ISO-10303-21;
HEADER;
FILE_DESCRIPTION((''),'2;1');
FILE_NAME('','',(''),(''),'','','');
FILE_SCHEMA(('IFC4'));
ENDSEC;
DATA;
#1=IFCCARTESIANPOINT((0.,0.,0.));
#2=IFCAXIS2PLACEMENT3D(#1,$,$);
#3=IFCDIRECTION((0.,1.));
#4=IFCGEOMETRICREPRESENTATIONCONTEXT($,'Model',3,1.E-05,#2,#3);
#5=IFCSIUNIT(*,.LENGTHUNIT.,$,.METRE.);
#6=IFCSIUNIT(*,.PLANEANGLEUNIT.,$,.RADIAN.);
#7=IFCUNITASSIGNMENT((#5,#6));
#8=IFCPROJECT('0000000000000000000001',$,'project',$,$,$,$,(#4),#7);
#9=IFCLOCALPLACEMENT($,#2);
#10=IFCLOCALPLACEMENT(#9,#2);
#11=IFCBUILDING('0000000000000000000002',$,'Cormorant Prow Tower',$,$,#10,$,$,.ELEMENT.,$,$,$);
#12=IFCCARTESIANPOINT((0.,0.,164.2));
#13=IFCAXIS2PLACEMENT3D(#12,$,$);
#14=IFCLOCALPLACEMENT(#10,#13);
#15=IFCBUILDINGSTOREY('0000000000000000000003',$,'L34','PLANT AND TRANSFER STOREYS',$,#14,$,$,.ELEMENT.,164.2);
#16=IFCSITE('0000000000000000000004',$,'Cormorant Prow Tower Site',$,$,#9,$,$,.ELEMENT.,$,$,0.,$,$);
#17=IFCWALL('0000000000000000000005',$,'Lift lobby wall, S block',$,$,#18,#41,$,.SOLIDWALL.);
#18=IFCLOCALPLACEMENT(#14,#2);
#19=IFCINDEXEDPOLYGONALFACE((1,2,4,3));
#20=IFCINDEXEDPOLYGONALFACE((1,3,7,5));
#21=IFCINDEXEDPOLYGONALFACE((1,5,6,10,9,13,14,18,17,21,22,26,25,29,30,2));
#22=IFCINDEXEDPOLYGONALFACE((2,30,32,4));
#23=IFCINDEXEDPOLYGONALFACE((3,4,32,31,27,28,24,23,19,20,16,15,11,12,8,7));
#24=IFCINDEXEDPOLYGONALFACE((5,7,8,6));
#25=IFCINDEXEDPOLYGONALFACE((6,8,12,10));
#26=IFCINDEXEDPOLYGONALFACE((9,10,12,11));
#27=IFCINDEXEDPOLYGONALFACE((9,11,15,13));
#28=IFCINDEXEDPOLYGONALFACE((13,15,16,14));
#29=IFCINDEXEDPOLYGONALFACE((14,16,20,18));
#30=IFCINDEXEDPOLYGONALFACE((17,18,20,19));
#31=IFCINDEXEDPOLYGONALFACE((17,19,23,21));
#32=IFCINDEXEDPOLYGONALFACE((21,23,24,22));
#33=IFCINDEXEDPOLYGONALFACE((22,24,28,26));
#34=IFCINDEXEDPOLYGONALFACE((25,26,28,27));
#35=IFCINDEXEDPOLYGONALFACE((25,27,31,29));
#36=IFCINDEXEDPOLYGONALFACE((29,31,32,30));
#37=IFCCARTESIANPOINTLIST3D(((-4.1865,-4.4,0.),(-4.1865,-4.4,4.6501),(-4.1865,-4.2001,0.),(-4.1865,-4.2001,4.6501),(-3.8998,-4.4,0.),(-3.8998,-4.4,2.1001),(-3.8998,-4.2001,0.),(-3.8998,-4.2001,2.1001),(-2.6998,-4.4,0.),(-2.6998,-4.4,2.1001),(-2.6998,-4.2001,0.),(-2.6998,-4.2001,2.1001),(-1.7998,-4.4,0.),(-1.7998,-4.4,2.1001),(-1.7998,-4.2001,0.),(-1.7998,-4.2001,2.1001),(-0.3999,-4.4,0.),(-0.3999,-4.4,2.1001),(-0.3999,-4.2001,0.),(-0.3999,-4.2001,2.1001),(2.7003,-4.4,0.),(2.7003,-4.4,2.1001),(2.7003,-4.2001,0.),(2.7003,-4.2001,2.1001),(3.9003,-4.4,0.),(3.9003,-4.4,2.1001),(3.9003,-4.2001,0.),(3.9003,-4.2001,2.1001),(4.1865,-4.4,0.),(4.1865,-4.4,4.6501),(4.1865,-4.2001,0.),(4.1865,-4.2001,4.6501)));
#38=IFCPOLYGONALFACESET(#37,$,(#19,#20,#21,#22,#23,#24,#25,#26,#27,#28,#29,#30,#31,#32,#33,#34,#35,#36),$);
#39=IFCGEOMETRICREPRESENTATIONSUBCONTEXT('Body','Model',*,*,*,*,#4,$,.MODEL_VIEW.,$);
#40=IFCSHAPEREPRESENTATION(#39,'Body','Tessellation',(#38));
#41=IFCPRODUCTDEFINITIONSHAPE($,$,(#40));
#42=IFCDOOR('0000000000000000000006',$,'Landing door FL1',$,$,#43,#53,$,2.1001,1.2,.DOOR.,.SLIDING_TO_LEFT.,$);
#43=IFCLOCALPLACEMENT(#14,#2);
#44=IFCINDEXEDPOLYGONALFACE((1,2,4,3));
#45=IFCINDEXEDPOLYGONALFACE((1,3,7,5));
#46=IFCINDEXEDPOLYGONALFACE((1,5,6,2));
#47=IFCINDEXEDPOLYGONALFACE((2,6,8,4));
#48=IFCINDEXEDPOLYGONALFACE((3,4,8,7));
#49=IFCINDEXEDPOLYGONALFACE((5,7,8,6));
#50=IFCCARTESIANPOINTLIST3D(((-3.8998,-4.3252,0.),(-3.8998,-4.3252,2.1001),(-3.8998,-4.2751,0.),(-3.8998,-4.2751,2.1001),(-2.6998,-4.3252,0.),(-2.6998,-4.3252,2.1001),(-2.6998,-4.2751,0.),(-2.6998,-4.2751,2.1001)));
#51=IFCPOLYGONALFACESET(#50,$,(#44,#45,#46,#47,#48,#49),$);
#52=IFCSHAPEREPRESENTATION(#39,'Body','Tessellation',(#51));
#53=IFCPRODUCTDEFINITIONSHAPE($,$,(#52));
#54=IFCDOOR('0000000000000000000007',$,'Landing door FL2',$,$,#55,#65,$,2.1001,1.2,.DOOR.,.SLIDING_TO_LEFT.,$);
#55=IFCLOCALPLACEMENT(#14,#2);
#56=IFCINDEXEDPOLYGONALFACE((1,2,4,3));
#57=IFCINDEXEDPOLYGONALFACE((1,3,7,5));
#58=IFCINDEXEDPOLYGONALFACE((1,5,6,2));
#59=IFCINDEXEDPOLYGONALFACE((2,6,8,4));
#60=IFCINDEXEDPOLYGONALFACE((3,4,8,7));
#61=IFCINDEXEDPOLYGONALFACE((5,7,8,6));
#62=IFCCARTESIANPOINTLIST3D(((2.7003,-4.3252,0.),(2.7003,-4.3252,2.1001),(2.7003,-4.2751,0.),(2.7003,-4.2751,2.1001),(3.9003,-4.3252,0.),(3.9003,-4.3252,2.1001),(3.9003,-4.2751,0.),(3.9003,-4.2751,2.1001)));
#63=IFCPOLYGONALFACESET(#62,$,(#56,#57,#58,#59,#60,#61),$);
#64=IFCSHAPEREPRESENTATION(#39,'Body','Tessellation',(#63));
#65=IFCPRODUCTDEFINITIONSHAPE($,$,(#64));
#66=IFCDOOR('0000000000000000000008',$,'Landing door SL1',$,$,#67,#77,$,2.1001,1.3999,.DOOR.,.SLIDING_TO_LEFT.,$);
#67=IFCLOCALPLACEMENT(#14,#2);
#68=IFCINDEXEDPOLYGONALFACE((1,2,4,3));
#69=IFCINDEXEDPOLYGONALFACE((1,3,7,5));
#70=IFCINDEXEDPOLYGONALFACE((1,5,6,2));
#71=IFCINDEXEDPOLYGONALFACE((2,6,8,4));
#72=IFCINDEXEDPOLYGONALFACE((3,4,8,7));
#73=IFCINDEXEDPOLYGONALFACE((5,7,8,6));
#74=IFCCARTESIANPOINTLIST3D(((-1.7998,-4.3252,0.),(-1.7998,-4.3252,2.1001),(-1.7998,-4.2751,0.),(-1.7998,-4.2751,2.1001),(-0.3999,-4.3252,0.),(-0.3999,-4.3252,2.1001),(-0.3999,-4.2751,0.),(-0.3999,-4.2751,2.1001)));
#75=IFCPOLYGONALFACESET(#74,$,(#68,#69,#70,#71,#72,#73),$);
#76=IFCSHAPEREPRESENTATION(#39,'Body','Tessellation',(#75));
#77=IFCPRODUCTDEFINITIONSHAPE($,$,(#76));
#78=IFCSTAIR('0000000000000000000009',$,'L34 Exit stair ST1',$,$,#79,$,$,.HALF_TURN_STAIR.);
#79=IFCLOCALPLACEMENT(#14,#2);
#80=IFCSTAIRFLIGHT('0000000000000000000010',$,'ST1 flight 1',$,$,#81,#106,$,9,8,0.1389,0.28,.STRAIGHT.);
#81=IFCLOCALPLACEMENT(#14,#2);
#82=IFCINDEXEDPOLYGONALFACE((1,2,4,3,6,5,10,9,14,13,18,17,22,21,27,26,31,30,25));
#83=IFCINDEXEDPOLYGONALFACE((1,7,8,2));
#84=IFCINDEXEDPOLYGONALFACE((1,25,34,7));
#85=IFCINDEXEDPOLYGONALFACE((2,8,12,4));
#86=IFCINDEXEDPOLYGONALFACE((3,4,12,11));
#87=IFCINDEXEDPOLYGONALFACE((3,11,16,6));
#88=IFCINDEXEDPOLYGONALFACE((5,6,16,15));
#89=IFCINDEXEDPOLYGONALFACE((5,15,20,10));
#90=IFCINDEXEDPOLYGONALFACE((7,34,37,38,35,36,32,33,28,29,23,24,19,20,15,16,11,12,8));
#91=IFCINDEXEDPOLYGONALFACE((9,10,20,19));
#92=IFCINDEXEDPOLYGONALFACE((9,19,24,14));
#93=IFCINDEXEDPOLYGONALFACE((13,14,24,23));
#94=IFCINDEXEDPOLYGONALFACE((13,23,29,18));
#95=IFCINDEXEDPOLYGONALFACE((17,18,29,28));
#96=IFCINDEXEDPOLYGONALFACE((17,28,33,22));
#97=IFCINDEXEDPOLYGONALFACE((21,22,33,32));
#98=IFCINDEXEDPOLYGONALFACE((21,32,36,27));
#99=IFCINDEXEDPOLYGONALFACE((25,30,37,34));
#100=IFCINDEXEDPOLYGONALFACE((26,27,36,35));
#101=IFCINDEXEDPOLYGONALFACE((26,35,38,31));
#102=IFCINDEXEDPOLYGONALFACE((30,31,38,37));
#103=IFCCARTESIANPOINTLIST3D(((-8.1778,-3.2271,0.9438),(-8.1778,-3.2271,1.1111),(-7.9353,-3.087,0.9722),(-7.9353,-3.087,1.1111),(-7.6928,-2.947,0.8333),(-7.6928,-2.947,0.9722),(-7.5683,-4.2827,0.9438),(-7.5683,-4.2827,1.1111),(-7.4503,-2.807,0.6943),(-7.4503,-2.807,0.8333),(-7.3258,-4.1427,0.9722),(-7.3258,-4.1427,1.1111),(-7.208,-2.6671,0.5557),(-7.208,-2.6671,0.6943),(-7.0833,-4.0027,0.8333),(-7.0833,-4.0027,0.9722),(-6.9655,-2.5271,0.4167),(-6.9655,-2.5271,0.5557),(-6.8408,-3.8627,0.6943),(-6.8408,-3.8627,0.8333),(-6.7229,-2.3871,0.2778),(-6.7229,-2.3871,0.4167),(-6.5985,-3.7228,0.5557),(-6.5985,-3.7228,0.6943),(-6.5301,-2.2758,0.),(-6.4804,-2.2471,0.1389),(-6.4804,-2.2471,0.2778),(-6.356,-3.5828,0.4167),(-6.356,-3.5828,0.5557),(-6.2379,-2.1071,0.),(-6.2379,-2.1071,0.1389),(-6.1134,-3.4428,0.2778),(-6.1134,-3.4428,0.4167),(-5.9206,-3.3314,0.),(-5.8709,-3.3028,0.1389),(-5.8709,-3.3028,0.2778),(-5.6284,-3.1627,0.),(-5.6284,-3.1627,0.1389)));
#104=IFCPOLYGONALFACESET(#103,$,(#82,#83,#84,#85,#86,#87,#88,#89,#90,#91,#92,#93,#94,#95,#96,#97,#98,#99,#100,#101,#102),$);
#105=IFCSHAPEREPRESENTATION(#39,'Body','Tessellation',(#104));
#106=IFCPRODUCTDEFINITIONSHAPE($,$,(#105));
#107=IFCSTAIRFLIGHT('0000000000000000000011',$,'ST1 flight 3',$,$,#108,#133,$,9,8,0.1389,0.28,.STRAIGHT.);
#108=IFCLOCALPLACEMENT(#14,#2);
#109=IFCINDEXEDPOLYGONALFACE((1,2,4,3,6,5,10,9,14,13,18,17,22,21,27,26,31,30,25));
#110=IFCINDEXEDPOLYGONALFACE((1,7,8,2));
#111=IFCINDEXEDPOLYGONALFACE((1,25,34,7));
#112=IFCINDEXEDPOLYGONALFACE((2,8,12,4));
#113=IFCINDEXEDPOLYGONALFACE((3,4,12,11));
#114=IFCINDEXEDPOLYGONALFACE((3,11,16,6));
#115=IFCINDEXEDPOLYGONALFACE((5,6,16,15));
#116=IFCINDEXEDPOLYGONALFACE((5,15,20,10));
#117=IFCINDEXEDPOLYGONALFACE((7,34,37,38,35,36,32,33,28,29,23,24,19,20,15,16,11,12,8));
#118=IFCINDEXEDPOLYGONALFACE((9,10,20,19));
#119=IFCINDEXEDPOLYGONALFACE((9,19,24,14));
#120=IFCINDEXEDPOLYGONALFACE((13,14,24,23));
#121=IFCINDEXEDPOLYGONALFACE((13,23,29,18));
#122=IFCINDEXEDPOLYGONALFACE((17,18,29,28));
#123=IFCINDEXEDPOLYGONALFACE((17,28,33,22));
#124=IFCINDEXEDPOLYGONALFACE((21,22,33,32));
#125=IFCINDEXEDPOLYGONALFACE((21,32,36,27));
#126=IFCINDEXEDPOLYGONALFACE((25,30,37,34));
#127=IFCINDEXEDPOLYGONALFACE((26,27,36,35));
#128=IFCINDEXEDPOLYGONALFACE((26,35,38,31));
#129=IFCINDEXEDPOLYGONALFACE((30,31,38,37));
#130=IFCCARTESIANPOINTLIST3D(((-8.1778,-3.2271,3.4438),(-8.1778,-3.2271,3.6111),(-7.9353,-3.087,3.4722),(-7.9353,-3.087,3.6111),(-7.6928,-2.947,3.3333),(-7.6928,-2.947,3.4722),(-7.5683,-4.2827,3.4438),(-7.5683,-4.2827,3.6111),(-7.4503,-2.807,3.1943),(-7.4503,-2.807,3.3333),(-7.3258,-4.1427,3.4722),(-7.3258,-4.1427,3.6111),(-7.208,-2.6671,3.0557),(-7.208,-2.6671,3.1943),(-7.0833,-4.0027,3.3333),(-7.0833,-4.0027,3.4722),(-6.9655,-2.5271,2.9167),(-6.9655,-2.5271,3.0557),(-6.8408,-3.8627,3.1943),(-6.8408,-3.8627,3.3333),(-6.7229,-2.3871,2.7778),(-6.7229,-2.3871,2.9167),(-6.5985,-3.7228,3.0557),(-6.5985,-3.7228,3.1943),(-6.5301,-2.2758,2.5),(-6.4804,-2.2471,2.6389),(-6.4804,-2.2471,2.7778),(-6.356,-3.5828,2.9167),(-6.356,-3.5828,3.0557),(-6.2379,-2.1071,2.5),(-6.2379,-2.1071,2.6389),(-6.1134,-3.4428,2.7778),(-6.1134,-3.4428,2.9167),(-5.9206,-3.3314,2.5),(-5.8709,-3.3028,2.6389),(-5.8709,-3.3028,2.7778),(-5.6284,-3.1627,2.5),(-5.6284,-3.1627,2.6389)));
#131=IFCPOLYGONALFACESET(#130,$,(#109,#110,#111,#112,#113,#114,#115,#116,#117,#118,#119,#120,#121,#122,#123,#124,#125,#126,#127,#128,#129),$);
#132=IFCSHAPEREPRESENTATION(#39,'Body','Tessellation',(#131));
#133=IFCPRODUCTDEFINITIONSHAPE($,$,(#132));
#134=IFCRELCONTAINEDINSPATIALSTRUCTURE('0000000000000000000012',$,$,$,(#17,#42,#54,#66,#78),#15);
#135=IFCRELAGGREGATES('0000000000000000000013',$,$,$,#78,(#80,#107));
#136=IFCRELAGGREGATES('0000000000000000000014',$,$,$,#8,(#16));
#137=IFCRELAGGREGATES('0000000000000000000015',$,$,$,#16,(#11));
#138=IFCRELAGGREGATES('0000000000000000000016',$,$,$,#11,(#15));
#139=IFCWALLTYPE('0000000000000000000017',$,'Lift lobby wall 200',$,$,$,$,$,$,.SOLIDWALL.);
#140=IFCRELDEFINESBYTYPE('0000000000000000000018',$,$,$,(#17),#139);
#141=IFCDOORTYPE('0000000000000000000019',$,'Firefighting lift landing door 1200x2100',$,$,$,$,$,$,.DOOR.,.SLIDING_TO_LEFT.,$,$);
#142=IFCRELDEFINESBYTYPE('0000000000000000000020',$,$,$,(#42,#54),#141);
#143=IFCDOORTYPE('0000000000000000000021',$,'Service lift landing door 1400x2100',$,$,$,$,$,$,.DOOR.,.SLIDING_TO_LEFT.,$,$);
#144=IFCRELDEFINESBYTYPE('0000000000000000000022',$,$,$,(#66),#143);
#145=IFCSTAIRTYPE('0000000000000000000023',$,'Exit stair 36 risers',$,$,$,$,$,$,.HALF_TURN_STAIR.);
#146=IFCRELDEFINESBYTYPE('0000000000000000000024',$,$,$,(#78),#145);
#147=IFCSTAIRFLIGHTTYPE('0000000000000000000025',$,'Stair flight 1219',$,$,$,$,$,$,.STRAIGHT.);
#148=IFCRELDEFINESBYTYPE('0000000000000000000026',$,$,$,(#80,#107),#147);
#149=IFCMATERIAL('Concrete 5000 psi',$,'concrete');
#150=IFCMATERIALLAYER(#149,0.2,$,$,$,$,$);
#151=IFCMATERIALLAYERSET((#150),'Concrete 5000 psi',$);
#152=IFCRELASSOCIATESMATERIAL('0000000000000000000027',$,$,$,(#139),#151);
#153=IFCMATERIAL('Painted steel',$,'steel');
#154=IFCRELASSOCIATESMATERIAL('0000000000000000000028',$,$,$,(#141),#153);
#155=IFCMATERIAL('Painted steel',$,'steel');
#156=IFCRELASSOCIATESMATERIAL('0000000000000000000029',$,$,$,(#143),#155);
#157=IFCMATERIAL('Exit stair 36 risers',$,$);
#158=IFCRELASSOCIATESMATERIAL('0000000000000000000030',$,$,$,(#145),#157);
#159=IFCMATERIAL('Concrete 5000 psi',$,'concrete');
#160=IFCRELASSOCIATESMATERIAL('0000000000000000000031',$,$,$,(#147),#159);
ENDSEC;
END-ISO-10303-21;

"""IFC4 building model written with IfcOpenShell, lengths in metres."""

from ifc_helpers import new_model, si_unit, direction, frame, frame_2d, origin, place, context, subcontext, project, spatial, polyline, rectangle, outline, extrude, material, layer, layer_set, type_object, element, fill, aggregate, save


model = new_model("IFC4")

# Units and contexts
model_context = context("Model", 3, precision=1e-05, world=origin(), true_north=direction((0.0, 1.0)))
body_context = subcontext(model_context, "Body", "Model", "MODEL_VIEW")
ifc_project = project(units=[si_unit("LENGTHUNIT", "METRE"), si_unit("PLANEANGLEUNIT", "RADIAN")], contexts=[model_context])

# Site, building, storey
site_placement = place(None, origin())
site = spatial("IfcSite", under=ifc_project, at=site_placement, Name="Cormorant Prow Tower Site", CompositionType="ELEMENT", RefElevation=0.0)
building_placement = place(site_placement, origin())
building = spatial("IfcBuilding", under=site, at=building_placement, Name="Cormorant Prow Tower", CompositionType="ELEMENT")
storey_placement = place(building_placement, frame((0.0, 0.0, 164.2)))
storey = spatial("IfcBuildingStorey", under=building, at=storey_placement, Name="L34", Description="PLANT AND TRANSFER STOREYS", CompositionType="ELEMENT", Elevation=164.2)

# Wall, openings, doors
ifc_material_1 = material(Name="Concrete 5000 psi", Category="concrete")
ifc_layer_1 = layer(ifc_material_1, 0.2)
ifc_layer_set_1 = layer_set([ifc_layer_1], Name="Concrete 5000 psi")
wall_type_1 = type_object("IfcWallType", Name="Lift lobby wall 200", PredefinedType="SOLIDWALL", material=ifc_layer_set_1)
wall_1_placement = place(storey_placement, frame((-4.1865, -4.3, 0.0), z_axis=(0.0, 0.0, 1.0), x_axis=(1.0, 0.0, 0.0)))
wall_1 = element("IfcWall", 1, at=wall_1_placement, inside=storey, type_object=wall_type_1, Name="Lift lobby wall, S block", PredefinedType="SOLIDWALL", context=body_context, shape_type="SweptSolid", body=[
    extrude(rectangle(XDim=8.373, YDim=0.2, at=frame_2d((4.1865, 0.0))), origin(), (0.0, 0.0, 1.0), 4.6501),
])
opening_1_placement = place(wall_1_placement, frame((0.2866, 0.0, 0.0)))
opening_1 = element("IfcOpeningElement", 2, at=opening_1_placement, cuts=wall_1, PredefinedType="OPENING", context=body_context, shape_type="SweptSolid", body=[
    extrude(rectangle(XDim=1.2, YDim=2.1001, at=frame_2d((0.6001, 1.05))), frame((0.0, 0.1099, 0.0), z_axis=(0.0, -1.0, 0.0), x_axis=(1.0, 0.0, 0.0)), (0.0, 0.0, 1.0), 0.22),
])
opening_2_placement = place(wall_1_placement, frame((2.3867, 0.0, 0.0)))
opening_2 = element("IfcOpeningElement", 3, at=opening_2_placement, cuts=wall_1, PredefinedType="OPENING", context=body_context, shape_type="SweptSolid", body=[
    extrude(rectangle(XDim=1.3999, YDim=2.1001, at=frame_2d((0.7, 1.05))), frame((0.0, 0.1099, 0.0), z_axis=(0.0, -1.0, 0.0), x_axis=(1.0, 0.0, 0.0)), (0.0, 0.0, 1.0), 0.22),
])
opening_3_placement = place(wall_1_placement, frame((6.8867, 0.0, 0.0)))
opening_3 = element("IfcOpeningElement", 4, at=opening_3_placement, cuts=wall_1, PredefinedType="OPENING", context=body_context, shape_type="SweptSolid", body=[
    extrude(rectangle(XDim=1.2, YDim=2.1001, at=frame_2d((0.6001, 1.05))), frame((0.0, 0.1099, 0.0), z_axis=(0.0, -1.0, 0.0), x_axis=(1.0, 0.0, 0.0)), (0.0, 0.0, 1.0), 0.22),
])
ifc_material_2 = material(Name="Painted steel", Category="steel")
door_type_1 = type_object("IfcDoorType", Name="Firefighting lift landing door 1200x2100", OperationType="SLIDING_TO_LEFT", PredefinedType="DOOR", material=ifc_material_2)
door_1_placement = place(opening_1_placement, origin())
door_1 = element("IfcDoor", 5, at=door_1_placement, inside=storey, type_object=door_type_1, Name="Landing door FL1", OperationType="SLIDING_TO_LEFT", OverallHeight=2.1001, OverallWidth=1.2, PredefinedType="DOOR", context=body_context, shape_type="SweptSolid", body=[
    extrude(rectangle(XDim=1.2, YDim=2.1001, at=frame_2d((0.6001, 1.05))), frame((0.0, 0.0249, 0.0), z_axis=(0.0, -1.0, 0.0), x_axis=(1.0, 0.0, 0.0)), (0.0, 0.0, 1.0), 0.05),
])
fill(opening_1, door_1)
door_2_placement = place(opening_3_placement, origin())
door_2 = element("IfcDoor", 6, at=door_2_placement, inside=storey, type_object=door_type_1, Name="Landing door FL2", OperationType="SLIDING_TO_LEFT", OverallHeight=2.1001, OverallWidth=1.2, PredefinedType="DOOR", context=body_context, shape_type="SweptSolid", body=[
    extrude(rectangle(XDim=1.2, YDim=2.1001, at=frame_2d((0.6001, 1.05))), frame((0.0, 0.0249, 0.0), z_axis=(0.0, -1.0, 0.0), x_axis=(1.0, 0.0, 0.0)), (0.0, 0.0, 1.0), 0.05),
])
fill(opening_3, door_2)
ifc_material_3 = material(Name="Painted steel", Category="steel")
door_type_2 = type_object("IfcDoorType", Name="Service lift landing door 1400x2100", OperationType="SLIDING_TO_LEFT", PredefinedType="DOOR", material=ifc_material_3)
door_3_placement = place(opening_2_placement, origin())
door_3 = element("IfcDoor", 7, at=door_3_placement, inside=storey, type_object=door_type_2, Name="Landing door SL1", OperationType="SLIDING_TO_LEFT", OverallHeight=2.1001, OverallWidth=1.3999, PredefinedType="DOOR", context=body_context, shape_type="SweptSolid", body=[
    extrude(rectangle(XDim=1.3999, YDim=2.1001, at=frame_2d((0.7, 1.05))), frame((0.0, 0.0249, 0.0), z_axis=(0.0, -1.0, 0.0), x_axis=(1.0, 0.0, 0.0)), (0.0, 0.0, 1.0), 0.05),
])
fill(opening_2, door_3)

# Stair, stair flights
ifc_material_4 = material(Name="Exit stair 36 risers")
stair_type = type_object("IfcStairType", Name="Exit stair 36 risers", PredefinedType="HALF_TURN_STAIR", material=ifc_material_4)
stair_placement = place(storey_placement, origin())
stair = element("IfcStair", 8, at=stair_placement, inside=storey, type_object=stair_type, Name="L34 Exit stair ST1", PredefinedType="HALF_TURN_STAIR")
ifc_material_5 = material(Name="Concrete 5000 psi", Category="concrete")
stair_flight_type = type_object("IfcStairFlightType", Name="Stair flight 1219", PredefinedType="STRAIGHT", material=ifc_material_5)
stair_flight_1_placement = place(storey_placement, frame((-5.9331, -2.635, 0.0), z_axis=(0.0, 0.0, 1.0), x_axis=(-0.866025, -0.5, 0.0)))
stair_flight_1 = element("IfcStairFlight", 9, at=stair_flight_1_placement, type_object=stair_flight_type, Name="ST1 flight 1", NumberOfRisers=9, NumberOfTreads=8, PredefinedType="STRAIGHT", RiserHeight=0.1389, TreadLength=0.28, context=body_context, shape_type="SweptSolid", body=[
    extrude(outline(polyline([(0.0, 0.0), (0.0, 0.1389), (0.28, 0.1389), (0.28, 0.2778), (0.5601, 0.2778), (0.5601, 0.4167), (0.8401, 0.4167), (0.8401, 0.5557), (1.1201, 0.5557), (1.1201, 0.6943), (1.3999, 0.6943), (1.3999, 0.8333), (1.6799, 0.8333), (1.6799, 0.9722), (1.96, 0.9722), (1.96, 1.1111), (2.24, 1.1111), (2.24, 1.25), (2.24, 0.9438), (0.3374, 0.0), (0.0, 0.0)])), frame((0.0, 0.6094, 0.0), z_axis=(0.0, -1.0, 0.0), x_axis=(1.0, 0.0, 0.0)), (0.0, 0.0, 1.0), 1.219),
])
stair_flight_2_placement = place(storey_placement, frame((-5.9331, -2.635, 2.5), z_axis=(0.0, 0.0, 1.0), x_axis=(-0.866025, -0.5, 0.0)))
stair_flight_2 = element("IfcStairFlight", 10, at=stair_flight_2_placement, type_object=stair_flight_type, Name="ST1 flight 3", NumberOfRisers=9, NumberOfTreads=8, PredefinedType="STRAIGHT", RiserHeight=0.1389, TreadLength=0.28, context=body_context, shape_type="SweptSolid", body=[
    extrude(outline(polyline([(0.0, 0.0), (0.0, 0.1389), (0.28, 0.1389), (0.28, 0.2778), (0.5601, 0.2778), (0.5601, 0.4167), (0.8401, 0.4167), (0.8401, 0.5557), (1.1201, 0.5557), (1.1201, 0.6943), (1.3999, 0.6943), (1.3999, 0.8333), (1.6799, 0.8333), (1.6799, 0.9722), (1.96, 0.9722), (1.96, 1.1111), (2.24, 1.1111), (2.24, 1.25), (2.24, 0.9438), (0.3374, 0.0), (0.0, 0.0)])), frame((0.0, 0.6094, 0.0), z_axis=(0.0, -1.0, 0.0), x_axis=(1.0, 0.0, 0.0)), (0.0, 0.0, 1.0), 1.219),
])
aggregate(stair, [stair_flight_1, stair_flight_2])

save(model, "model.ifc")
